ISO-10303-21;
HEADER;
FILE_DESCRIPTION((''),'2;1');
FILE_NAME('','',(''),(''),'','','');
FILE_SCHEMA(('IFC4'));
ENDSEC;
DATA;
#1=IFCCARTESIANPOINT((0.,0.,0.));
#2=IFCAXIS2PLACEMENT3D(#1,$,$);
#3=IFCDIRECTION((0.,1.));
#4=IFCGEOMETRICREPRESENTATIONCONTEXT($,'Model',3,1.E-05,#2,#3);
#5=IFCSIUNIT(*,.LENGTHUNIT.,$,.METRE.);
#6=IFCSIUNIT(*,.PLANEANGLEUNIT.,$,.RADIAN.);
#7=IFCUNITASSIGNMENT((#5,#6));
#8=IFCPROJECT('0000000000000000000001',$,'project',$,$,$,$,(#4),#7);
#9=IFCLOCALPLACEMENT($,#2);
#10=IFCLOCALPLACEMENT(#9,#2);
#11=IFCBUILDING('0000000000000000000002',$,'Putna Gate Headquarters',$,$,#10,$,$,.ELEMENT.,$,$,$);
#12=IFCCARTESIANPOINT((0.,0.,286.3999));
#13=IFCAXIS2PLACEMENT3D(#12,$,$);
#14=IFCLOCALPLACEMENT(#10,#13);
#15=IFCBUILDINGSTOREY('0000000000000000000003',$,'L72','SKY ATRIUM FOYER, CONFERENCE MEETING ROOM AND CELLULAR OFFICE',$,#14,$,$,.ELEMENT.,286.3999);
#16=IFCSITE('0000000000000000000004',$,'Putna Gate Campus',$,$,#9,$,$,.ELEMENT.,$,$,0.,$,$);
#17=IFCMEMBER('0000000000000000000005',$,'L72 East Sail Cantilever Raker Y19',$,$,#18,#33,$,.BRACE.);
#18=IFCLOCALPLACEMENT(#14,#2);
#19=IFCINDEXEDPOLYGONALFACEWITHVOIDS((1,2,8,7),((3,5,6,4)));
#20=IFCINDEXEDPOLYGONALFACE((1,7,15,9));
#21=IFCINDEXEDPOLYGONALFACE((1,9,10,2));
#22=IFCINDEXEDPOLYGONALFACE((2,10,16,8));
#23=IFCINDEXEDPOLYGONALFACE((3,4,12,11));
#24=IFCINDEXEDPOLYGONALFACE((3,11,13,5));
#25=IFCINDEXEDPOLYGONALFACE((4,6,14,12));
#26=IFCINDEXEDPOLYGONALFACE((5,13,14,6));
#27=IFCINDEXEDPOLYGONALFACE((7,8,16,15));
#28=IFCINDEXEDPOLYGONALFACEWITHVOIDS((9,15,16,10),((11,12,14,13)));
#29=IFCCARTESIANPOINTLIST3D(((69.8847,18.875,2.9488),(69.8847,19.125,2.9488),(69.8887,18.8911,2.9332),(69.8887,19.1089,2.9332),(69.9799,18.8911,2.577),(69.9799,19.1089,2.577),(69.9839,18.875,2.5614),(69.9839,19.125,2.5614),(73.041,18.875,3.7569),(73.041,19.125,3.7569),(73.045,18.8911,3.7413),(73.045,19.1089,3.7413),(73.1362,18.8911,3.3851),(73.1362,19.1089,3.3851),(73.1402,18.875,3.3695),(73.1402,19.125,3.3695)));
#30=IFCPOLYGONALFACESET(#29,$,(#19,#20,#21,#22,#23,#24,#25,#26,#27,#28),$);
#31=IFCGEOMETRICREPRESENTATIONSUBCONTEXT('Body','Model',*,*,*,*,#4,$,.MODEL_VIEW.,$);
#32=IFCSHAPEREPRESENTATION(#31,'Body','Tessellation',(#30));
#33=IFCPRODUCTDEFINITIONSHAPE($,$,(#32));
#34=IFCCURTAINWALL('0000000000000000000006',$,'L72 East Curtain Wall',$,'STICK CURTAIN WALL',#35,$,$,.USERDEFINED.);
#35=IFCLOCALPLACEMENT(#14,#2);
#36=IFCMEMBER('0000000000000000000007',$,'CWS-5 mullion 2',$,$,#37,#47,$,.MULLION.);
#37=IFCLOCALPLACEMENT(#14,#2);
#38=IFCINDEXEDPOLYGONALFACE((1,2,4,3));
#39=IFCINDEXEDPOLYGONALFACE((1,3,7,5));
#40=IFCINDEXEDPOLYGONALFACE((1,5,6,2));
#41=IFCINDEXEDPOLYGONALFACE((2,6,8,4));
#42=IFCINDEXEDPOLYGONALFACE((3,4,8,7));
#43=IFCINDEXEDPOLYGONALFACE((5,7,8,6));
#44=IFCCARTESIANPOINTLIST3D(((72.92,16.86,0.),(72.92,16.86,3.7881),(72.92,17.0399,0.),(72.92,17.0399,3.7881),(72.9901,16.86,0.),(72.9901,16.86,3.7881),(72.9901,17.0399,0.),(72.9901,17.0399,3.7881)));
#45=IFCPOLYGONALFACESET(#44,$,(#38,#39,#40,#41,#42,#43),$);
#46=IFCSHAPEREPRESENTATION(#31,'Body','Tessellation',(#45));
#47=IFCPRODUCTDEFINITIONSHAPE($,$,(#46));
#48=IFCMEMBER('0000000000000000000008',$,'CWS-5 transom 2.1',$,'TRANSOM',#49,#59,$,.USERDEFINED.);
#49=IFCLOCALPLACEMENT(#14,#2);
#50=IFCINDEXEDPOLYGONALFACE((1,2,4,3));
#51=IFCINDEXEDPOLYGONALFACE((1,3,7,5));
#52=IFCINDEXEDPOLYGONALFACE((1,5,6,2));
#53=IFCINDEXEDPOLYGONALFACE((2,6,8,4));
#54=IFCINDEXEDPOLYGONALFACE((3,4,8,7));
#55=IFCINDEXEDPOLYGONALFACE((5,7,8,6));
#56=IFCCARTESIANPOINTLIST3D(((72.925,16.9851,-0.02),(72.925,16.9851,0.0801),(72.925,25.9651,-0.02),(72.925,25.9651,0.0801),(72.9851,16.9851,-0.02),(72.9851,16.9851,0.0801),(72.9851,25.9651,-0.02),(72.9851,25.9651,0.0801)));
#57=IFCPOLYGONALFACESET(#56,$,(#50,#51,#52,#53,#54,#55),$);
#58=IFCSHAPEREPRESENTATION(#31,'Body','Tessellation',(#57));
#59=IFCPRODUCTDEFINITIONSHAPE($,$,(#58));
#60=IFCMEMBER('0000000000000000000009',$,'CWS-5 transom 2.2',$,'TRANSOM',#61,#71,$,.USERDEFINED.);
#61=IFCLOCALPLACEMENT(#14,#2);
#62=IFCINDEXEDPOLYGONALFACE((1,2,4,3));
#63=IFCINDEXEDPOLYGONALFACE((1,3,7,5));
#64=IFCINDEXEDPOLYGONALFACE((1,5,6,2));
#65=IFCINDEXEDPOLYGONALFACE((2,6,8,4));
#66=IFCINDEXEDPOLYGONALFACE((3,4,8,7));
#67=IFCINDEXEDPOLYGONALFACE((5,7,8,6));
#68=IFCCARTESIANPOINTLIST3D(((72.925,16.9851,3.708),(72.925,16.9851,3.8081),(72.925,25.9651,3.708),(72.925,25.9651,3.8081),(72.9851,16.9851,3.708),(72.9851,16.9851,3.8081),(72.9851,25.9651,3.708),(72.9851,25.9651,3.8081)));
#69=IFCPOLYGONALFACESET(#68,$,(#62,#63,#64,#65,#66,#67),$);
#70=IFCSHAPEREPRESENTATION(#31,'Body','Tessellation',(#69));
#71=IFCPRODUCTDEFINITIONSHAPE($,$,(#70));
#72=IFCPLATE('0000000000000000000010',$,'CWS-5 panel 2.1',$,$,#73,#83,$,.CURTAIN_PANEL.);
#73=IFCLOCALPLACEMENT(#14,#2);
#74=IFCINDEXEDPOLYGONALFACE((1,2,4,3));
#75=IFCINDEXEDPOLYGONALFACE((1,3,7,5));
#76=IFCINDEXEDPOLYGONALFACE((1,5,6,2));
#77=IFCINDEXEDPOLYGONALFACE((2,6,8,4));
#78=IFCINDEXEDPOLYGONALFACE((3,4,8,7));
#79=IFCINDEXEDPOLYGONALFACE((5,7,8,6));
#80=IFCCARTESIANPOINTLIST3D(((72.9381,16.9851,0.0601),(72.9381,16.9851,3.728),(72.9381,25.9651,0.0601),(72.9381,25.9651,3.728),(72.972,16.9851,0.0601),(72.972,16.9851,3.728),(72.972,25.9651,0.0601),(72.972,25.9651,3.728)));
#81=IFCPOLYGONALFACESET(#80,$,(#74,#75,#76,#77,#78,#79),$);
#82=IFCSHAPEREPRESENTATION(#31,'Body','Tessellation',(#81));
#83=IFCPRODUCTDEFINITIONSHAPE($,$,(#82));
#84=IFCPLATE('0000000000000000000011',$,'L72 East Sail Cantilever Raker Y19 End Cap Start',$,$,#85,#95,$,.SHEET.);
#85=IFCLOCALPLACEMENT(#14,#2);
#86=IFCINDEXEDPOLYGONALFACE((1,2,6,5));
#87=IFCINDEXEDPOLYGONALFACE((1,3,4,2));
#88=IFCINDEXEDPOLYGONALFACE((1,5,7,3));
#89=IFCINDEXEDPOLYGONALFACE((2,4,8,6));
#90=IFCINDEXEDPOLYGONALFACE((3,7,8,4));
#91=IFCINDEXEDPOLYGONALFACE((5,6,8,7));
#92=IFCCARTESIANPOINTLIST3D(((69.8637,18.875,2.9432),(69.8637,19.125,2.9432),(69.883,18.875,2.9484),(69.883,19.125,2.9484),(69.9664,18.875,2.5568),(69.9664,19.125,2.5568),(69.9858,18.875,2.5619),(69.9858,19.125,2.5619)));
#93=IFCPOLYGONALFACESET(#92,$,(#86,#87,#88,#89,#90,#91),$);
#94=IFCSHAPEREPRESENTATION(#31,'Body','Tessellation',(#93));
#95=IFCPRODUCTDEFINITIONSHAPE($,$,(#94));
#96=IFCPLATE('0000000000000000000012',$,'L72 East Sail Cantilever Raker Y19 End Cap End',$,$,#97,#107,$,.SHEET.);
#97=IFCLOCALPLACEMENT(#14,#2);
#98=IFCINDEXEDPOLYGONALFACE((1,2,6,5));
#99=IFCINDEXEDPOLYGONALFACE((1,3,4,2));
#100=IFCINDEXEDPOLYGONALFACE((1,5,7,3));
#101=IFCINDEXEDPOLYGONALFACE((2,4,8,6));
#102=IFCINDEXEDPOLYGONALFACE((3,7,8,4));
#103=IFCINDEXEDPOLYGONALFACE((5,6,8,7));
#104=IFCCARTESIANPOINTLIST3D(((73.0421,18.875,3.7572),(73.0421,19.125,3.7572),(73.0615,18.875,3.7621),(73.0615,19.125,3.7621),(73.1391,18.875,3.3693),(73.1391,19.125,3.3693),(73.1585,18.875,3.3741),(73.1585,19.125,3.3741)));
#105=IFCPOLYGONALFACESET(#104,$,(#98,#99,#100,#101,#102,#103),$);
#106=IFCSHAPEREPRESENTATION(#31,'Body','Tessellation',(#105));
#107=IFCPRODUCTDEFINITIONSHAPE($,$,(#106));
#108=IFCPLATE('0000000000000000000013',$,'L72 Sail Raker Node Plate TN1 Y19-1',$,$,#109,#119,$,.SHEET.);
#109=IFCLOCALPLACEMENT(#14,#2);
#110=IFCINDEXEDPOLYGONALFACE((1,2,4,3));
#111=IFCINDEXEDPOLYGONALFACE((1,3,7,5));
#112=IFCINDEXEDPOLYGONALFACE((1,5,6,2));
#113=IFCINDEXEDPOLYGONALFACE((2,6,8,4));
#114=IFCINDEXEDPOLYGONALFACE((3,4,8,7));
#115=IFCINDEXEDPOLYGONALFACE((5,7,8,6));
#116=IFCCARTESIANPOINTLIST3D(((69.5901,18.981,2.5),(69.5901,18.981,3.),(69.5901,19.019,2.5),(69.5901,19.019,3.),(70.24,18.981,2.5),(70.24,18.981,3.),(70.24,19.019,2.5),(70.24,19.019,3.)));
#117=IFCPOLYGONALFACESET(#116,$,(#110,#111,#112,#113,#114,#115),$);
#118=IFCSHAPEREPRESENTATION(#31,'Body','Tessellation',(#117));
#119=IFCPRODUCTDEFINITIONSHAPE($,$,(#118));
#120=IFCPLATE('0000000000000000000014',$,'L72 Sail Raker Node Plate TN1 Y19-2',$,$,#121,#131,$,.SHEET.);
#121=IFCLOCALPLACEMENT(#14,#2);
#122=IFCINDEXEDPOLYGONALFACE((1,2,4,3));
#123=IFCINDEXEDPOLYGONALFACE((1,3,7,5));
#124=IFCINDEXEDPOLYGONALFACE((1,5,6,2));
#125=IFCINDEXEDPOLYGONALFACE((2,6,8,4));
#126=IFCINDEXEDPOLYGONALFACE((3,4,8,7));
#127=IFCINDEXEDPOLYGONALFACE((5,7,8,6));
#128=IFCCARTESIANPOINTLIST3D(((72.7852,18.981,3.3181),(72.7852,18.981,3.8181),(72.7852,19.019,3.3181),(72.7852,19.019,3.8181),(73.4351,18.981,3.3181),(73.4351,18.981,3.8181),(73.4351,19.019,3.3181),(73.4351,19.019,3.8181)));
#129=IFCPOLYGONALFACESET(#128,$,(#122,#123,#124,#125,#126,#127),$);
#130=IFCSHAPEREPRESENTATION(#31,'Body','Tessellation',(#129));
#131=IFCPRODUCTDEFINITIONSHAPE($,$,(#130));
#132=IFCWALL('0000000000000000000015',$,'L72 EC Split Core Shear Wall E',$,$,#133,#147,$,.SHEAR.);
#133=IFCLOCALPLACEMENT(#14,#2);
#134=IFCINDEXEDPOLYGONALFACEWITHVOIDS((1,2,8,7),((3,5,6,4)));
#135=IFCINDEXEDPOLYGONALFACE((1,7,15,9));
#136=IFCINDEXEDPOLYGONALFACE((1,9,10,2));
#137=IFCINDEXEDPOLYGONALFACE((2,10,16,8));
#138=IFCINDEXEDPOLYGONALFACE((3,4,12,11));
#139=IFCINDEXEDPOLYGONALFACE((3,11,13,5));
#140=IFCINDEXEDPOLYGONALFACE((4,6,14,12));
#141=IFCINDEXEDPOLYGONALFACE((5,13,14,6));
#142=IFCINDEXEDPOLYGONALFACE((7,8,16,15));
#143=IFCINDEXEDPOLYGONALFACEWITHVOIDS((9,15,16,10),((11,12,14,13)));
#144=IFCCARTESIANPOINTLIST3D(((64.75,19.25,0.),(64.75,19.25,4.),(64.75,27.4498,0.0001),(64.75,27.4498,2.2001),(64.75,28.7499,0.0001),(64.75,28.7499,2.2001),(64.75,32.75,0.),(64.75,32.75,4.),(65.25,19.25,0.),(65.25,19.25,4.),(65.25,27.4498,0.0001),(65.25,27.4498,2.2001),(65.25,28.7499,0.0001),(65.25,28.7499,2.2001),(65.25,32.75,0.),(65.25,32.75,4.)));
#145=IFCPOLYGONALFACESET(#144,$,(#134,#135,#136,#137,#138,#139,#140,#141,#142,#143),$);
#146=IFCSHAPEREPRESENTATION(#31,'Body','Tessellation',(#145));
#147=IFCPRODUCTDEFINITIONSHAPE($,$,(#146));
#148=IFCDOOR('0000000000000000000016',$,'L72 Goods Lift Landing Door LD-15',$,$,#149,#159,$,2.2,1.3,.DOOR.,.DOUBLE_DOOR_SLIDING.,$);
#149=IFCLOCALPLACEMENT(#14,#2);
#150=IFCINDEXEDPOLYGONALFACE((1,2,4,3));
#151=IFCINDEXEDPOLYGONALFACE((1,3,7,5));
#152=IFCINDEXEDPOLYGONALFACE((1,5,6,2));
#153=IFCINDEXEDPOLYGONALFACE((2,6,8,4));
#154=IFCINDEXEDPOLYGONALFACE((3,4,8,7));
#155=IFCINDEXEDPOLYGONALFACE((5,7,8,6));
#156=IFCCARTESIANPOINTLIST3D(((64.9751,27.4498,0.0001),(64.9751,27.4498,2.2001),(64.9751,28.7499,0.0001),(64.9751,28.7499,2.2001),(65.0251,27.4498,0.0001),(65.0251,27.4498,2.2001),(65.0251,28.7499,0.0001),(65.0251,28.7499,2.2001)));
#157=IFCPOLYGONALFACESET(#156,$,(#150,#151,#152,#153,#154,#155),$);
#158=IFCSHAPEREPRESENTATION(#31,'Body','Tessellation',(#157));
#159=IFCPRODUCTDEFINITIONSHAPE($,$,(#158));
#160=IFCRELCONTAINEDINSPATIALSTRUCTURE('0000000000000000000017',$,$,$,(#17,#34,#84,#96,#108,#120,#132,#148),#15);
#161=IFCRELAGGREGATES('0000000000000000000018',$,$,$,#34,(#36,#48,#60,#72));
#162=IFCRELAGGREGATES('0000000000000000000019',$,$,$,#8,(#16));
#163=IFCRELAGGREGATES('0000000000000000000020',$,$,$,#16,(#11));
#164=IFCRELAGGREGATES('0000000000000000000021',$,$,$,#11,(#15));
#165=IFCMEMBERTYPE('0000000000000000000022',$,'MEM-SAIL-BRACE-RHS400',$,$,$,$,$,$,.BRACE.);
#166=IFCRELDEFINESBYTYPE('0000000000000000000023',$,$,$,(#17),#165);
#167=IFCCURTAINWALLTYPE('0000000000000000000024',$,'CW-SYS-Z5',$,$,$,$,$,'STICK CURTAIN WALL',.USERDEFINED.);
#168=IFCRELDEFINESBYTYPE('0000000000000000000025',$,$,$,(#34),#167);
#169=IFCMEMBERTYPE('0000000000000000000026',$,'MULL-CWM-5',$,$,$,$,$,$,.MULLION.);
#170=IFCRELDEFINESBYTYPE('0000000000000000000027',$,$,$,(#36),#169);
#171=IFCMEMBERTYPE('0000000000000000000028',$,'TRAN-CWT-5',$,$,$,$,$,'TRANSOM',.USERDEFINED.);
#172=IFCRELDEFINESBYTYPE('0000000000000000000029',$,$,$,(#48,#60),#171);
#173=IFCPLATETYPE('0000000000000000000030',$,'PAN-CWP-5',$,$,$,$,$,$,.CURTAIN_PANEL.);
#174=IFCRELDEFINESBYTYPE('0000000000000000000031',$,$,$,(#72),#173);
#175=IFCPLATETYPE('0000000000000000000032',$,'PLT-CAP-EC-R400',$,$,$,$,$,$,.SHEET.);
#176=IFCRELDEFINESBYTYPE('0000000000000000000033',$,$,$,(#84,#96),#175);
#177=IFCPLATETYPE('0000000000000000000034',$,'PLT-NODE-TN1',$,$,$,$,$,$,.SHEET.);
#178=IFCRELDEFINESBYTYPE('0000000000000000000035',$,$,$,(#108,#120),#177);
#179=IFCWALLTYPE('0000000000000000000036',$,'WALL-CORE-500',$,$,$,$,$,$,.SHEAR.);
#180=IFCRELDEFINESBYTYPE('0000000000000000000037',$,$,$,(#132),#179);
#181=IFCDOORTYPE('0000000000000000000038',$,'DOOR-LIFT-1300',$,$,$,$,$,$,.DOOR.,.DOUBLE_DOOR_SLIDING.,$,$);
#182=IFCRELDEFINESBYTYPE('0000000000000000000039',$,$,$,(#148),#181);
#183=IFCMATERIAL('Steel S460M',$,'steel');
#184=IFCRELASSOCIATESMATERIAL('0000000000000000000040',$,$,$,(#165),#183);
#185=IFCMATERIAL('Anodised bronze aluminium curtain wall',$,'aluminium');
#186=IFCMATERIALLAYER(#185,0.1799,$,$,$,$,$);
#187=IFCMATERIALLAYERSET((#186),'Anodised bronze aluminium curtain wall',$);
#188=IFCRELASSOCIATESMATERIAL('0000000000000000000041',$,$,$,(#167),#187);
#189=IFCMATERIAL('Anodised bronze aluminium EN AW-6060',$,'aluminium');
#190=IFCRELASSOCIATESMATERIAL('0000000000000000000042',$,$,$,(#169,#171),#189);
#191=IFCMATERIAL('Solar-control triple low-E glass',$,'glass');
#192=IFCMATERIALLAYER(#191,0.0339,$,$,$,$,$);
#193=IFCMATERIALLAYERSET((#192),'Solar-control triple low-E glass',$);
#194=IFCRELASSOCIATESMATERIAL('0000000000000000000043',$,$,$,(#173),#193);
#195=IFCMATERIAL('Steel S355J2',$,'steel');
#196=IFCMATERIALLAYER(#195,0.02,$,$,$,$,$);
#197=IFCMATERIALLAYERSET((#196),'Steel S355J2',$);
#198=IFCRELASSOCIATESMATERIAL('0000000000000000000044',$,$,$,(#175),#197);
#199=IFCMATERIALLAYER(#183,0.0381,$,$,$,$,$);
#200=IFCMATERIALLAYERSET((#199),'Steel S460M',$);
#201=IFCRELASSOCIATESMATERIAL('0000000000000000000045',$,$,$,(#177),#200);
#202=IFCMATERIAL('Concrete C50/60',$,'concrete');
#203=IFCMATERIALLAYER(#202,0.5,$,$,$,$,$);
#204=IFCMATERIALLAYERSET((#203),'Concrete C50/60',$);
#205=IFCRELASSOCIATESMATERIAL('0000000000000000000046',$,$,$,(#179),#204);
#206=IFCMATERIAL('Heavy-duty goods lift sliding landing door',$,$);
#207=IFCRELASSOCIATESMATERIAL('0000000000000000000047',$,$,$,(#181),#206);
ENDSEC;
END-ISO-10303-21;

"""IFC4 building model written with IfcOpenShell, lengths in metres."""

from ifc_helpers import new_model, si_unit, direction, frame, frame_2d, origin, origin_2d, place, context, subcontext, project, spatial, rectangle, hollow_rectangle, extrude, material, layer, layer_set, material_profile, profile_set, type_object, element, fill, aggregate, save


model = new_model("IFC4")

# Units and contexts
model_context = context("Model", 3, precision=1e-05, world=origin(), true_north=direction((0.0, 1.0)))
body_context = subcontext(model_context, "Body", "Model", "MODEL_VIEW")
ifc_project = project(units=[si_unit("LENGTHUNIT", "METRE"), si_unit("PLANEANGLEUNIT", "RADIAN")], contexts=[model_context])

# Site, building, storey
site_placement = place(None, origin())
site = spatial("IfcSite", under=ifc_project, at=site_placement, Name="Putna Gate Campus", CompositionType="ELEMENT", RefElevation=0.0)
building_placement = place(site_placement, origin())
building = spatial("IfcBuilding", under=site, at=building_placement, Name="Putna Gate Headquarters", CompositionType="ELEMENT")
storey_placement = place(building_placement, frame((0.0, 0.0, 286.3999)))
storey = spatial("IfcBuildingStorey", under=building, at=storey_placement, Name="L72", Description="SKY ATRIUM FOYER, CONFERENCE MEETING ROOM AND CELLULAR OFFICE", CompositionType="ELEMENT", Elevation=286.3999)

# Shared definitions
ifc_material_1 = material(Name="Steel S460M", Category="steel")

# Shared definitions
ifc_material_2 = material(Name="Steel S355J2", Category="steel")

# Member
ifc_material_profile_1 = material_profile(ifc_material_1, hollow_rectangle(XDim=0.25, YDim=0.3999, WallThickness=0.0161, at=origin_2d()), Name="Steel S460M")
ifc_profile_set_1 = profile_set([ifc_material_profile_1], Name="Steel S460M")
member_type_1 = type_object("IfcMemberType", Name="MEM-SAIL-BRACE-RHS400", PredefinedType="BRACE", material=ifc_profile_set_1)
member_1_placement = place(storey_placement, frame((69.9343, 19.0, 2.7551), z_axis=(0.968752, 0.0, 0.248033), x_axis=(0.0, 1.0, 0.0)))
element("IfcMember", 1, at=member_1_placement, inside=storey, type_object=member_type_1, Name="L72 East Sail Cantilever Raker Y19", PredefinedType="BRACE", context=body_context, shape_type="SweptSolid", body=[
    extrude(hollow_rectangle(XDim=0.25, YDim=0.3999, WallThickness=0.0161, at=origin_2d()), origin(), (0.0, 0.0, 1.0), 3.2581),
])

# Curtain wall, members, plate
ifc_material_3 = material(Name="Anodised bronze aluminium curtain wall", Category="aluminium")
ifc_layer_1 = layer(ifc_material_3, 0.1799)
ifc_layer_set_1 = layer_set([ifc_layer_1], Name="Anodised bronze aluminium curtain wall")
curtain_wall_type = type_object("IfcCurtainWallType", Name="CW-SYS-Z5", ElementType="STICK CURTAIN WALL", PredefinedType="USERDEFINED", material=ifc_layer_set_1)
curtain_wall_placement = place(storey_placement, origin())
curtain_wall = element("IfcCurtainWall", 2, at=curtain_wall_placement, inside=storey, type_object=curtain_wall_type, Name="L72 East Curtain Wall", ObjectType="STICK CURTAIN WALL", PredefinedType="USERDEFINED")
ifc_material_4 = material(Name="Anodised bronze aluminium EN AW-6060", Category="aluminium")
ifc_material_profile_2 = material_profile(ifc_material_4, rectangle(XDim=0.0701, YDim=0.1799, at=origin_2d()), Name="Anodised bronze aluminium EN AW-6060")
ifc_profile_set_2 = profile_set([ifc_material_profile_2], Name="Anodised bronze aluminium EN AW-6060")
member_type_2 = type_object("IfcMemberType", Name="MULL-CWM-5", PredefinedType="MULLION", material=ifc_profile_set_2)
member_2_placement = place(storey_placement, frame((72.9551, 16.95, 0.0), z_axis=(0.0, 0.0, 1.0), x_axis=(-1.0, 0.0, 0.0)))
member_2 = element("IfcMember", 3, at=member_2_placement, type_object=member_type_2, Name="CWS-5 mullion 2", PredefinedType="MULLION", context=body_context, shape_type="SweptSolid", body=[
    extrude(rectangle(XDim=0.0701, YDim=0.1799, at=origin_2d()), origin(), (0.0, 0.0, 1.0), 3.7881),
])
ifc_material_profile_3 = material_profile(ifc_material_4, rectangle(XDim=0.0601, YDim=0.1001, at=origin_2d()), Name="Anodised bronze aluminium EN AW-6060")
ifc_profile_set_3 = profile_set([ifc_material_profile_3], Name="Anodised bronze aluminium EN AW-6060")
member_type_3 = type_object("IfcMemberType", Name="TRAN-CWT-5", ElementType="TRANSOM", PredefinedType="USERDEFINED", material=ifc_profile_set_3)
member_3_placement = place(storey_placement, frame((72.9551, 16.9851, 0.03), z_axis=(0.0, 1.0, 0.0), x_axis=(-1.0, 0.0, 0.0)))
member_3 = element("IfcMember", 4, at=member_3_placement, type_object=member_type_3, Name="CWS-5 transom 2.1", ObjectType="TRANSOM", PredefinedType="USERDEFINED", context=body_context, shape_type="SweptSolid", body=[
    extrude(rectangle(XDim=0.0601, YDim=0.1001, at=origin_2d()), origin(), (0.0, 0.0, 1.0), 8.98),
])
member_4_placement = place(storey_placement, frame((72.9551, 16.9851, 3.7581), z_axis=(0.0, 1.0, 0.0), x_axis=(-1.0, 0.0, 0.0)))
member_4 = element("IfcMember", 5, at=member_4_placement, type_object=member_type_3, Name="CWS-5 transom 2.2", ObjectType="TRANSOM", PredefinedType="USERDEFINED", context=body_context, shape_type="SweptSolid", body=[
    extrude(rectangle(XDim=0.0601, YDim=0.1001, at=origin_2d()), origin(), (0.0, 0.0, 1.0), 8.98),
])
ifc_material_5 = material(Name="Solar-control triple low-E glass", Category="glass")
ifc_layer_2 = layer(ifc_material_5, 0.0339)
ifc_layer_set_2 = layer_set([ifc_layer_2], Name="Solar-control triple low-E glass")
plate_type_1 = type_object("IfcPlateType", Name="PAN-CWP-5", PredefinedType="CURTAIN_PANEL", material=ifc_layer_set_2)
plate_placement = place(storey_placement, frame((72.9551, 21.4751, 0.0601), z_axis=(0.0, 0.0, 1.0), x_axis=(0.0, 1.0, 0.0)))
plate = element("IfcPlate", 6, at=plate_placement, type_object=plate_type_1, Name="CWS-5 panel 2.1", PredefinedType="CURTAIN_PANEL", context=body_context, shape_type="SweptSolid", body=[
    extrude(rectangle(XDim=8.98, YDim=0.0339, at=origin_2d()), origin(), (0.0, 0.0, 1.0), 3.668),
])
aggregate(curtain_wall, [member_2, member_3, member_4, plate])

# Plates
ifc_layer_3 = layer(ifc_material_2, 0.02)
ifc_layer_set_3 = layer_set([ifc_layer_3], Name="Steel S355J2")
plate_type_2 = type_object("IfcPlateType", Name="PLT-CAP-EC-R400", PredefinedType="SHEET", material=ifc_layer_set_3)
for number, where, z_axis, x_axis, name in (
    (7, (69.915, 19.0, 2.75), (0.966438, 0.0, 0.256901), (0.0, 1.0, 0.0), "L72 East Sail Cantilever Raker Y19 End Cap Start"),
    (8, (73.0906, 19.0, 3.5632), (0.970143, 0.0, 0.242536), (0.0, 1.0, 0.0), "L72 East Sail Cantilever Raker Y19 End Cap End"),
):
    element("IfcPlate", number, at=place(storey_placement, frame(where, z_axis=z_axis, x_axis=x_axis)), inside=storey, type_object=plate_type_2, Name=name, PredefinedType="SHEET", context=body_context, shape_type="SweptSolid", body=[
        extrude(rectangle(XDim=0.25, YDim=0.3999, at=origin_2d()), origin(), (0.0, 0.0, 1.0), 0.02),
    ])
ifc_layer_4 = layer(ifc_material_1, 0.0381)
ifc_layer_set_4 = layer_set([ifc_layer_4], Name="Steel S460M")
plate_type_3 = type_object("IfcPlateType", Name="PLT-NODE-TN1", PredefinedType="SHEET", material=ifc_layer_set_4)
for number, where, z_axis, x_axis, name in (
    (9, (69.915, 19.0, 2.5), (0.0, 0.0, 1.0), (1.0, 0.0, 0.0), "L72 Sail Raker Node Plate TN1 Y19-1"),
    (10, (73.1101, 19.0, 3.3181), (0.0, 0.0, 1.0), (1.0, 0.0, 0.0), "L72 Sail Raker Node Plate TN1 Y19-2"),
):
    element("IfcPlate", number, at=place(storey_placement, frame(where, z_axis=z_axis, x_axis=x_axis)), inside=storey, type_object=plate_type_3, Name=name, PredefinedType="SHEET", context=body_context, shape_type="SweptSolid", body=[
        extrude(rectangle(XDim=0.6499, YDim=0.0381, at=origin_2d()), origin(), (0.0, 0.0, 1.0), 0.5),
    ])

# Wall, opening, door
ifc_material_6 = material(Name="Concrete C50/60", Category="concrete")
ifc_layer_5 = layer(ifc_material_6, 0.5)
ifc_layer_set_5 = layer_set([ifc_layer_5], Name="Concrete C50/60")
wall_type_1 = type_object("IfcWallType", Name="WALL-CORE-500", PredefinedType="SHEAR", material=ifc_layer_set_5)
wall_1_placement = place(storey_placement, frame((65.0, 19.25, 0.0), z_axis=(0.0, 0.0, 1.0), x_axis=(0.0, 1.0, 0.0)))
wall_1 = element("IfcWall", 11, at=wall_1_placement, inside=storey, type_object=wall_type_1, Name="L72 EC Split Core Shear Wall E", PredefinedType="SHEAR", context=body_context, shape_type="SweptSolid", body=[
    extrude(rectangle(XDim=13.5, YDim=0.5, at=frame_2d((6.75, 0.0))), origin(), (0.0, 0.0, 1.0), 4.0),
])
opening_1_placement = place(wall_1_placement, frame((8.2, 0.0, 0.0)))
opening_1 = element("IfcOpeningElement", 12, at=opening_1_placement, cuts=wall_1, PredefinedType="OPENING", context=body_context, shape_type="SweptSolid", body=[
    extrude(rectangle(XDim=1.3, YDim=2.2, at=frame_2d((0.6499, 1.1001))), frame((0.0, 0.26, 0.0), z_axis=(0.0, -1.0, 0.0), x_axis=(1.0, 0.0, 0.0)), (0.0, 0.0, 1.0), 0.52),
])
ifc_material_7 = material(Name="Heavy-duty goods lift sliding landing door")
door_type_1 = type_object("IfcDoorType", Name="DOOR-LIFT-1300", OperationType="DOUBLE_DOOR_SLIDING", PredefinedType="DOOR", material=ifc_material_7)
door_1_placement = place(opening_1_placement, origin())
door_1 = element("IfcDoor", 13, at=door_1_placement, inside=storey, type_object=door_type_1, Name="L72 Goods Lift Landing Door LD-15", OperationType="DOUBLE_DOOR_SLIDING", OverallHeight=2.2, OverallWidth=1.3, PredefinedType="DOOR", context=body_context, shape_type="SweptSolid", body=[
    extrude(rectangle(XDim=1.3, YDim=2.2, at=frame_2d((0.6499, 1.1001))), frame((0.0, 0.0249, 0.0), z_axis=(0.0, -1.0, 0.0), x_axis=(1.0, 0.0, 0.0)), (0.0, 0.0, 1.0), 0.05),
])
fill(opening_1, door_1)

save(model, "model.ifc")
